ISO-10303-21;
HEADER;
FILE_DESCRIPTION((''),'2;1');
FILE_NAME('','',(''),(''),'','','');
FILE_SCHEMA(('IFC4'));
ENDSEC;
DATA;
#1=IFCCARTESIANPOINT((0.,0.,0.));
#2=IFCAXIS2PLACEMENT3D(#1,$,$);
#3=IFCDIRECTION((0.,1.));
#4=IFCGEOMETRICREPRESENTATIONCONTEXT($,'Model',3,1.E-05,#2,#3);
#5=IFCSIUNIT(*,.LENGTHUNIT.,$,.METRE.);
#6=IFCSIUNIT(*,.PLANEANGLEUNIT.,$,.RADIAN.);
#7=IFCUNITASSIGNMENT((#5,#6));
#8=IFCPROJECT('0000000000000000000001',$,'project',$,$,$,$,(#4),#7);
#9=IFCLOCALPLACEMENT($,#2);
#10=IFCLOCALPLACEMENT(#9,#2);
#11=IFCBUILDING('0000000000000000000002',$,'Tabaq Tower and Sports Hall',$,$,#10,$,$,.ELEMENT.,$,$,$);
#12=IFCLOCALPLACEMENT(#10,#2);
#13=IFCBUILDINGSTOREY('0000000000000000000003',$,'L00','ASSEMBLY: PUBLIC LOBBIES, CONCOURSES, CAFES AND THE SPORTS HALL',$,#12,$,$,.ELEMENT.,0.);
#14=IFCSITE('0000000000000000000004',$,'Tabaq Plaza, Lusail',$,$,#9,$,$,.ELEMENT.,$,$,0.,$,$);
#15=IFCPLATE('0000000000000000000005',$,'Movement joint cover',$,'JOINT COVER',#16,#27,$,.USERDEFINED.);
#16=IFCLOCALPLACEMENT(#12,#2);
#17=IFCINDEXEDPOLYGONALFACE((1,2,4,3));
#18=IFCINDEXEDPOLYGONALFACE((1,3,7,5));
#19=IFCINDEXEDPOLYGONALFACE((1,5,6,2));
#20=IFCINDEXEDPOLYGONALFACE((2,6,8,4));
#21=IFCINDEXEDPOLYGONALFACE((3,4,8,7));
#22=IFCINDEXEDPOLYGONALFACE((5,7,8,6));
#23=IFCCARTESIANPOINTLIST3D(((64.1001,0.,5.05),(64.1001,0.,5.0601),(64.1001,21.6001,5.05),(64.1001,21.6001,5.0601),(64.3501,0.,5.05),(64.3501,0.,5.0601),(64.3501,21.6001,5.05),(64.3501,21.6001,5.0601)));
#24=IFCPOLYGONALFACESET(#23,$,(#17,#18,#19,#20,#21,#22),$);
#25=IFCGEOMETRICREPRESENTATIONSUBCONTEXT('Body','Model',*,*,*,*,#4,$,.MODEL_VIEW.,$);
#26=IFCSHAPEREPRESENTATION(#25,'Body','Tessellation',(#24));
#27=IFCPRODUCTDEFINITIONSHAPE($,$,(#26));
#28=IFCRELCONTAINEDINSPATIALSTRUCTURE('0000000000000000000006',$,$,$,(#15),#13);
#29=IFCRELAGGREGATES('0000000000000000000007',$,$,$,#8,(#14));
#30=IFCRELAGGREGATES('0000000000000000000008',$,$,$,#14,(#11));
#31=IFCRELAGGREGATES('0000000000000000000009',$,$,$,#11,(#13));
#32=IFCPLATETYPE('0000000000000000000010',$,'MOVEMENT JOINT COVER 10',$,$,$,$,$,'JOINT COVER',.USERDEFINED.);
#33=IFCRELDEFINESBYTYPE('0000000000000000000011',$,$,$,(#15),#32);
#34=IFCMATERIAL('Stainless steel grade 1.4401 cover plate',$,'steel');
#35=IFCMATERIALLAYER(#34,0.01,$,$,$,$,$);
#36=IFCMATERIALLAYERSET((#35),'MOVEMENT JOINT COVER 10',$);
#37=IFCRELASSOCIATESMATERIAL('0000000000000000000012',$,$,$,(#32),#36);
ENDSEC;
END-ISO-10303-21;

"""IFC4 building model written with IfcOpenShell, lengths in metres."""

from ifc_helpers import new_model, si_unit, direction, frame, origin, place, context, subcontext, project, spatial, polyline, outline, extrude, material, layer, layer_set, type_object, element, save


model = new_model("IFC4")

# Units and contexts
model_context = context("Model", 3, precision=1e-05, world=origin(), true_north=direction((0.0, 1.0)))
body_context = subcontext(model_context, "Body", "Model", "MODEL_VIEW")
ifc_project = project(units=[si_unit("LENGTHUNIT", "METRE"), si_unit("PLANEANGLEUNIT", "RADIAN")], contexts=[model_context])

# Site, building, storey
site_placement = place(None, origin())
site = spatial("IfcSite", under=ifc_project, at=site_placement, Name="Tabaq Plaza, Lusail", CompositionType="ELEMENT", RefElevation=0.0)
building_placement = place(site_placement, origin())
building = spatial("IfcBuilding", under=site, at=building_placement, Name="Tabaq Tower and Sports Hall", CompositionType="ELEMENT")
storey_placement = place(building_placement, origin())
storey = spatial("IfcBuildingStorey", under=building, at=storey_placement, Name="L00", Description="ASSEMBLY: PUBLIC LOBBIES, CONCOURSES, CAFES AND THE SPORTS HALL", CompositionType="ELEMENT", Elevation=0.0)

# Plate
ifc_material_1 = material(Name="Stainless steel grade 1.4401 cover plate", Category="steel")
ifc_layer_1 = layer(ifc_material_1, 0.01)
ifc_layer_set_1 = layer_set([ifc_layer_1], Name="MOVEMENT JOINT COVER 10")
plate_type_1 = type_object("IfcPlateType", Name="MOVEMENT JOINT COVER 10", ElementType="JOINT COVER", PredefinedType="USERDEFINED", material=ifc_layer_set_1)
plate_1_placement = place(storey_placement, frame((0.0, 0.0, 5.05)))
element("IfcPlate", 1, at=plate_1_placement, inside=storey, type_object=plate_type_1, Name="Movement joint cover", ObjectType="JOINT COVER", PredefinedType="USERDEFINED", context=body_context, shape_type="SweptSolid", body=[
    extrude(outline(polyline([(64.1001, 0.0), (64.3501, 0.0), (64.3501, 21.6001), (64.1001, 21.6001), (64.1001, 0.0)])), origin(), (0.0, 0.0, 1.0), 0.01),
])

save(model, "model.ifc")
